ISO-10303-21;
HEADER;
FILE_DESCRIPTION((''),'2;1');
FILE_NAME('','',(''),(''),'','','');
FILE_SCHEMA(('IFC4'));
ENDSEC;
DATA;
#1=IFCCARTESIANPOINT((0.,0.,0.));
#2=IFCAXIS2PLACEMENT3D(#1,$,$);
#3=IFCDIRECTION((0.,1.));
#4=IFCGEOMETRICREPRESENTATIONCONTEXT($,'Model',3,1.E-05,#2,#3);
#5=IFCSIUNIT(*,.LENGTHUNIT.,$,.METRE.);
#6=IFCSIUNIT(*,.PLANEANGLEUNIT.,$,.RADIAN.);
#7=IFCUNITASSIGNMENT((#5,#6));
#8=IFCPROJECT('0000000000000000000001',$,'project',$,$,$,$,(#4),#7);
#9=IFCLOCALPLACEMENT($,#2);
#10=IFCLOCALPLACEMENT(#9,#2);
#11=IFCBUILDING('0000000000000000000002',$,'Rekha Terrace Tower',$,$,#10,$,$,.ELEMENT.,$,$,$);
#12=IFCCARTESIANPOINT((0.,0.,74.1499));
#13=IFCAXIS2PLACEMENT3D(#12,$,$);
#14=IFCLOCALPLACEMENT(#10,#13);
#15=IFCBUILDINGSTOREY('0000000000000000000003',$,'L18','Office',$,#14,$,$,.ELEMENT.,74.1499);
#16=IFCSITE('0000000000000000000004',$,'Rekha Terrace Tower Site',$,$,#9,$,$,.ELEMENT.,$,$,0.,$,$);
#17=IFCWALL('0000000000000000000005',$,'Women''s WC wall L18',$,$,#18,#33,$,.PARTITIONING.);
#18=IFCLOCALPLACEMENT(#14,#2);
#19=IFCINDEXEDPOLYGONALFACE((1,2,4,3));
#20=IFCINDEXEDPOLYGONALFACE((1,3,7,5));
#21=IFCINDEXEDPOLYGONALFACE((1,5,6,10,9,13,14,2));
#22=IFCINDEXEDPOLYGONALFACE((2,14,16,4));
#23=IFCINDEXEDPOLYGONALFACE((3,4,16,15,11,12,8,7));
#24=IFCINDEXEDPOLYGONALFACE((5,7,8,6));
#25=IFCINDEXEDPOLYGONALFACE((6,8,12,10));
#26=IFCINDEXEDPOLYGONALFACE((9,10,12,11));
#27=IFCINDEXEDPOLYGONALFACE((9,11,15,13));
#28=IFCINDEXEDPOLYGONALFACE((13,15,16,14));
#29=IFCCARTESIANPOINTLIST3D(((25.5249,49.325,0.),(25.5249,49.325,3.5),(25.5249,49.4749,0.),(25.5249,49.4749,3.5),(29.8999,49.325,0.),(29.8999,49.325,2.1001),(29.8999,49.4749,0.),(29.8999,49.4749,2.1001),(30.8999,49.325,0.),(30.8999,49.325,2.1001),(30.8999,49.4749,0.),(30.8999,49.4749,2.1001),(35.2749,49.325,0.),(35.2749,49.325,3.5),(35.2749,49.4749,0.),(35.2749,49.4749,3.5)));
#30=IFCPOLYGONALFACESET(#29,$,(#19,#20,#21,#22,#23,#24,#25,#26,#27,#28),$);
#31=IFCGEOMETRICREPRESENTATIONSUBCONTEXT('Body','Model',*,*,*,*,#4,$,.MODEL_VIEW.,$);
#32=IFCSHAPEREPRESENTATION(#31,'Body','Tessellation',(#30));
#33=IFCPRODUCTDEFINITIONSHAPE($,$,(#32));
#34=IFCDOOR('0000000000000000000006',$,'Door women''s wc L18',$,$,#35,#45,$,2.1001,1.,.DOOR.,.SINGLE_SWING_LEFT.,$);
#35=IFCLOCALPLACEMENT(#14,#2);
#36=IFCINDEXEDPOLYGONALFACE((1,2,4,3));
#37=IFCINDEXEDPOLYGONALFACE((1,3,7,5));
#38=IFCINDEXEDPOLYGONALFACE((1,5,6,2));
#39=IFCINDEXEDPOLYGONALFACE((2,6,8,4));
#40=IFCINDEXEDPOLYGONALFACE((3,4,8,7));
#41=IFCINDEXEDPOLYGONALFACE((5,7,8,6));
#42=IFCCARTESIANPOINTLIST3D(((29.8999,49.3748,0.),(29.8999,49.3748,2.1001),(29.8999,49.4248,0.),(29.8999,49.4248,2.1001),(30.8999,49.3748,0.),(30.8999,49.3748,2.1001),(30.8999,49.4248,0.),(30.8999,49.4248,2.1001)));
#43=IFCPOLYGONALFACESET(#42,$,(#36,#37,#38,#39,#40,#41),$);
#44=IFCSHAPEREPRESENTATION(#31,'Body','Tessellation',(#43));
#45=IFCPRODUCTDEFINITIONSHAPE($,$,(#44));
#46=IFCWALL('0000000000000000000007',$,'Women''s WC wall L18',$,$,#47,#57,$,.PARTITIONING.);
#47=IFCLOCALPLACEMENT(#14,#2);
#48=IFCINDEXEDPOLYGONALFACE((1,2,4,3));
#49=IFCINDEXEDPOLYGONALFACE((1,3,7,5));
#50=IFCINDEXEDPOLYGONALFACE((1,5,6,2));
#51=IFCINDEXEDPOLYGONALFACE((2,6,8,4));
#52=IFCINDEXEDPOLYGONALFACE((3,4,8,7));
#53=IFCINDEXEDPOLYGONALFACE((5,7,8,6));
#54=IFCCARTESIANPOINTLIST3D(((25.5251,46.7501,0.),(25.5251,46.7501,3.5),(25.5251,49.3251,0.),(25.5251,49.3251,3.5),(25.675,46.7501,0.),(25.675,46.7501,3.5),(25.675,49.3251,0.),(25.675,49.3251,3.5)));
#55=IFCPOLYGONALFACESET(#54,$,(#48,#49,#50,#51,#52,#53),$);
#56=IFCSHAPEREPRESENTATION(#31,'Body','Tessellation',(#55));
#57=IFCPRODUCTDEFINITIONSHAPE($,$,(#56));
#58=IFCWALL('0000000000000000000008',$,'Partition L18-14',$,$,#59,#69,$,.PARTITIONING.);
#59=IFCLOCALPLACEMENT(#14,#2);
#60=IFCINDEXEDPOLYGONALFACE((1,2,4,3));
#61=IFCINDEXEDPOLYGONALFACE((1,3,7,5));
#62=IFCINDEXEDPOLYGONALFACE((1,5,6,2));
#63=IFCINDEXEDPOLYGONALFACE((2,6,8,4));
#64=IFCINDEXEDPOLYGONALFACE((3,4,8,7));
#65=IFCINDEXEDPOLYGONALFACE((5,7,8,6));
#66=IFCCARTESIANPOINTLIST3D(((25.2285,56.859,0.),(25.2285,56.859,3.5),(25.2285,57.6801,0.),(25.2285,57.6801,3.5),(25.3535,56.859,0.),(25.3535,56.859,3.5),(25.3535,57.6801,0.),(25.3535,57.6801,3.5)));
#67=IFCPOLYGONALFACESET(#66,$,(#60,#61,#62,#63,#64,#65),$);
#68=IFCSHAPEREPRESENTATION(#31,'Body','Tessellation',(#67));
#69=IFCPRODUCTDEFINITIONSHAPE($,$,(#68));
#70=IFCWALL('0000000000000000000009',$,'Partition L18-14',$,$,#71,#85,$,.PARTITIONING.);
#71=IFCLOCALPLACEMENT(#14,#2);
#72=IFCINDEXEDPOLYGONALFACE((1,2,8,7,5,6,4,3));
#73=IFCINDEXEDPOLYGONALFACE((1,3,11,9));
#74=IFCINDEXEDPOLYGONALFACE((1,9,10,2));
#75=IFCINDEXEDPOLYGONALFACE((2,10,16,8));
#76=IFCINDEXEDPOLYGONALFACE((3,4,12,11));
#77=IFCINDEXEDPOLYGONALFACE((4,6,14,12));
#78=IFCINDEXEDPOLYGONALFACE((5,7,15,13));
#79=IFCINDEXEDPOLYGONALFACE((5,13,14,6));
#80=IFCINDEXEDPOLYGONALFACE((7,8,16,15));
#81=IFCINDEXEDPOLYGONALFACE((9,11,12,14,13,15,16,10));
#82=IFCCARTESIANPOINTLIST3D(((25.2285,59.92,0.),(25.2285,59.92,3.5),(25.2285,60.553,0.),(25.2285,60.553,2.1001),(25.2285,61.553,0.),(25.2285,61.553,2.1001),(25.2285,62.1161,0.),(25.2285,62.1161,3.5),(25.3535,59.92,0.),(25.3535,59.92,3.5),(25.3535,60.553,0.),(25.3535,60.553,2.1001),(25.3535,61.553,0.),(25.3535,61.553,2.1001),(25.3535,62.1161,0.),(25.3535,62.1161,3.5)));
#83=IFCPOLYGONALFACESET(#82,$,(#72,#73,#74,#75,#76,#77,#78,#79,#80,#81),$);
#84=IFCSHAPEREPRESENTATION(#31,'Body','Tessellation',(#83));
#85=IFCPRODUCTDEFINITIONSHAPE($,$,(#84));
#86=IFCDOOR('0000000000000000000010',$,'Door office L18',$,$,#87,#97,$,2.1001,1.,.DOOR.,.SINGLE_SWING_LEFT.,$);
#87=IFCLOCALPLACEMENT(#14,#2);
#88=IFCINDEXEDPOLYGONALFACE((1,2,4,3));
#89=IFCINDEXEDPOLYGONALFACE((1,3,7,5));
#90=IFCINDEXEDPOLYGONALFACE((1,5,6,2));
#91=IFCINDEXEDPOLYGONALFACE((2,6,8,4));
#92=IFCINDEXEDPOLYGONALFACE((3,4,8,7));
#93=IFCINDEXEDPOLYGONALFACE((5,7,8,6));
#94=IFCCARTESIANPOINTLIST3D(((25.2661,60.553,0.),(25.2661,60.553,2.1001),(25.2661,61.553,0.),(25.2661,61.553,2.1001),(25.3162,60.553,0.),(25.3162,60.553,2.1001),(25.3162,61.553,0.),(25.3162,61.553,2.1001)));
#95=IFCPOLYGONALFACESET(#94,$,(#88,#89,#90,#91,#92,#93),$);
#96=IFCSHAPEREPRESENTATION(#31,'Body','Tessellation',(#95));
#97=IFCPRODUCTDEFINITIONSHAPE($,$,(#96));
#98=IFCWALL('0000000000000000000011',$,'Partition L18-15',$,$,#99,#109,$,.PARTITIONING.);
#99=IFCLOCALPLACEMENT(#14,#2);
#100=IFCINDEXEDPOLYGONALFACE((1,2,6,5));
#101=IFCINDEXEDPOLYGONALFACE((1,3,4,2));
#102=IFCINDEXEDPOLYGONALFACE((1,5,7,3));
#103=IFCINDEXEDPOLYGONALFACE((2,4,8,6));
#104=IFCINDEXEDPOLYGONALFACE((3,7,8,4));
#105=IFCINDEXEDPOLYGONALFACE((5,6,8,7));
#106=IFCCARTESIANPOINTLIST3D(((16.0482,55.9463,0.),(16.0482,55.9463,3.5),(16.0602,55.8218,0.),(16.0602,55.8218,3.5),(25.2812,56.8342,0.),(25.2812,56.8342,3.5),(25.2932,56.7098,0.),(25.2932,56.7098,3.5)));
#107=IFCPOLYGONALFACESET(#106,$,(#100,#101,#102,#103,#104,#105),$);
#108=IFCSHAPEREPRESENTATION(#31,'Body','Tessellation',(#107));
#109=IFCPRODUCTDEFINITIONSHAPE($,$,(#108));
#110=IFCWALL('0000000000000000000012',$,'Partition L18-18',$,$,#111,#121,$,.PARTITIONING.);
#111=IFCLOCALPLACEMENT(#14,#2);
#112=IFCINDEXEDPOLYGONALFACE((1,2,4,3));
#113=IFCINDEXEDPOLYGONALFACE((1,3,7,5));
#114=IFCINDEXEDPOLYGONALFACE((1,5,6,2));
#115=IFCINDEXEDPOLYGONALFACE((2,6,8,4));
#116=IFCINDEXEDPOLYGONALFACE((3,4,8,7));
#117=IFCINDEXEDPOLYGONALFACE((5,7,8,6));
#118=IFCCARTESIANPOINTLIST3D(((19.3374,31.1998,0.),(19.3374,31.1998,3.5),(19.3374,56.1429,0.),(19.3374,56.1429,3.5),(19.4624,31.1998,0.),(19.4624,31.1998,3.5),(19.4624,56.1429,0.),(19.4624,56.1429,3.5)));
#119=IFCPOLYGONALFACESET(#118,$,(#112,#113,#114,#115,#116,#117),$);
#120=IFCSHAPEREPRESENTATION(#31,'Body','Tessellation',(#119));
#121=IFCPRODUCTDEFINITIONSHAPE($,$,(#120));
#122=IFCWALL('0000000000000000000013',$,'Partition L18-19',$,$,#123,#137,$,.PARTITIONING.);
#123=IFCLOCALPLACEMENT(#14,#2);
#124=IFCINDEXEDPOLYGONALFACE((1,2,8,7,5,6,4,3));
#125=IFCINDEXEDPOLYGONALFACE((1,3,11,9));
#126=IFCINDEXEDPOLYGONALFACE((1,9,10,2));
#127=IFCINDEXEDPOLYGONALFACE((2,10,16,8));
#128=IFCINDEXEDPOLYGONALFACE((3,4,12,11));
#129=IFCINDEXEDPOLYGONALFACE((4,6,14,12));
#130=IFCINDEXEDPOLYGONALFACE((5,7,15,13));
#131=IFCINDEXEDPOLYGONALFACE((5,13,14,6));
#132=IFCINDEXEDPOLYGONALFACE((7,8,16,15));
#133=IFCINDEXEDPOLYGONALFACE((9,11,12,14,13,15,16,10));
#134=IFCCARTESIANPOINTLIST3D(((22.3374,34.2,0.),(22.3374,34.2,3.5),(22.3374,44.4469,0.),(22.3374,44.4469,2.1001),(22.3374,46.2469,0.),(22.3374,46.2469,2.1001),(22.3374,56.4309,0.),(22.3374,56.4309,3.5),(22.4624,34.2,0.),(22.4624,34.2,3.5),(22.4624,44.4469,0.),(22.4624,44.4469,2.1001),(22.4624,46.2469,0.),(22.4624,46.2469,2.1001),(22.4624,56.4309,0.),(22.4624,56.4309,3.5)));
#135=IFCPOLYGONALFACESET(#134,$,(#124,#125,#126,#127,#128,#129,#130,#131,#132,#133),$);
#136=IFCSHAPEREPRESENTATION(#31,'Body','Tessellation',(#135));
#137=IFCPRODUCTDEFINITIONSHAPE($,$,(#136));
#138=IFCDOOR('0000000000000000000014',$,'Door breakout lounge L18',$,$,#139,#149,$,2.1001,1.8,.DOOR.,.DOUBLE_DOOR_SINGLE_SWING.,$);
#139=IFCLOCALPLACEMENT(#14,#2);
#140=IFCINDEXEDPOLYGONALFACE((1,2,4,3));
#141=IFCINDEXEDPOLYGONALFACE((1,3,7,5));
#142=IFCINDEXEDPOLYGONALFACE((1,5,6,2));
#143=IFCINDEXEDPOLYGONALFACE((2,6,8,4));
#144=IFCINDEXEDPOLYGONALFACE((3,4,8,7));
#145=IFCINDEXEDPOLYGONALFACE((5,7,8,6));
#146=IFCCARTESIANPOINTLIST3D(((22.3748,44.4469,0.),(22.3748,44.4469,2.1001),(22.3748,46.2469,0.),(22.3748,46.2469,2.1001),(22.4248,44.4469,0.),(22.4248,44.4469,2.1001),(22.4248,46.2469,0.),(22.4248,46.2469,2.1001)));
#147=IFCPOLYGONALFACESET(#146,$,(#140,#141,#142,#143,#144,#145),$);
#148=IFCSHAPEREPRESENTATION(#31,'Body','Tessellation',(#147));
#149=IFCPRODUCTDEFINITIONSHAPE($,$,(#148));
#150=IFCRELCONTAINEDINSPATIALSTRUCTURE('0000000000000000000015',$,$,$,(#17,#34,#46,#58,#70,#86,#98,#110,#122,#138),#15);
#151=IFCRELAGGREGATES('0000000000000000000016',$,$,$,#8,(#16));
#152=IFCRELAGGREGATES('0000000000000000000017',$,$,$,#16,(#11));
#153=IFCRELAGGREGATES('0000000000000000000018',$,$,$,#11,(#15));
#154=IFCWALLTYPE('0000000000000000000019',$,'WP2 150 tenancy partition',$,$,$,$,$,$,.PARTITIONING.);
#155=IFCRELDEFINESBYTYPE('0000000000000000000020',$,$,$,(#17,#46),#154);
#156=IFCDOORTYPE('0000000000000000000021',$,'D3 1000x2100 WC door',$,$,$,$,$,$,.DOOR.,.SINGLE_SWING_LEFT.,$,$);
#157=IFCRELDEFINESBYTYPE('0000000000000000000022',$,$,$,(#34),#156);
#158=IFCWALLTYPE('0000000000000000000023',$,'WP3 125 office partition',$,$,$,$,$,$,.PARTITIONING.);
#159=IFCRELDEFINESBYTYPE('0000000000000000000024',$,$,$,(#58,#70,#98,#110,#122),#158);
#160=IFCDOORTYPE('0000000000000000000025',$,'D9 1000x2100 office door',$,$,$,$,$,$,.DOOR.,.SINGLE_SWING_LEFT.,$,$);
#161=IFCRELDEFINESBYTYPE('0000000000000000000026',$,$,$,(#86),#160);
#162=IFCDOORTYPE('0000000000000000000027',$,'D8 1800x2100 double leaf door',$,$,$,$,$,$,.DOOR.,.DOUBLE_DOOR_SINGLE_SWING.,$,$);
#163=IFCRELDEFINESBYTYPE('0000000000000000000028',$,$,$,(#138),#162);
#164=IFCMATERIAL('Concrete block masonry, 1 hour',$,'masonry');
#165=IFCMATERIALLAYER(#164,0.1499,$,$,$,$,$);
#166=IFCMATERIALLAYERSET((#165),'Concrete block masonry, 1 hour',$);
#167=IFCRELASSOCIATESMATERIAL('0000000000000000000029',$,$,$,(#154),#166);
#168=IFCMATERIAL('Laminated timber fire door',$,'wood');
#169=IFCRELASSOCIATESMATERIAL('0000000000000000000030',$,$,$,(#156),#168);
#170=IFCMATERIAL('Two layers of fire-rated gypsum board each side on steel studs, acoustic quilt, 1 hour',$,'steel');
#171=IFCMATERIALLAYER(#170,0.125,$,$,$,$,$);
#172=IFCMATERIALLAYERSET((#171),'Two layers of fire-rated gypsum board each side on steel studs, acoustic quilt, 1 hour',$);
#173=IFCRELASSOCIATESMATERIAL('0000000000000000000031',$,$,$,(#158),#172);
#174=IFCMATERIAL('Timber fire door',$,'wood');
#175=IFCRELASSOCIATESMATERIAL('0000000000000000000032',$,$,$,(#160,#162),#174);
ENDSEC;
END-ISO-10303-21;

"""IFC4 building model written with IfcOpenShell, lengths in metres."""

from ifc_helpers import new_model, si_unit, direction, frame, frame_2d, origin, place, context, subcontext, project, spatial, rectangle, extrude, material, layer, layer_set, type_object, element, fill, save


model = new_model("IFC4")

# Units and contexts
model_context = context("Model", 3, precision=1e-05, world=origin(), true_north=direction((0.0, 1.0)))
body_context = subcontext(model_context, "Body", "Model", "MODEL_VIEW")
ifc_project = project(units=[si_unit("LENGTHUNIT", "METRE"), si_unit("PLANEANGLEUNIT", "RADIAN")], contexts=[model_context])

# Site, building, storey
site_placement = place(None, origin())
site = spatial("IfcSite", under=ifc_project, at=site_placement, Name="Rekha Terrace Tower Site", CompositionType="ELEMENT", RefElevation=0.0)
building_placement = place(site_placement, origin())
building = spatial("IfcBuilding", under=site, at=building_placement, Name="Rekha Terrace Tower", CompositionType="ELEMENT")
storey_placement = place(building_placement, frame((0.0, 0.0, 74.1499)))
storey = spatial("IfcBuildingStorey", under=building, at=storey_placement, Name="L18", Description="Office", CompositionType="ELEMENT", Elevation=74.1499)

# Wall, opening, door
ifc_material_1 = material(Name="Concrete block masonry, 1 hour", Category="masonry")
ifc_layer_1 = layer(ifc_material_1, 0.1499)
ifc_layer_set_1 = layer_set([ifc_layer_1], Name="Concrete block masonry, 1 hour")
wall_type_1 = type_object("IfcWallType", Name="WP2 150 tenancy partition", PredefinedType="PARTITIONING", material=ifc_layer_set_1)
wall_1_placement = place(storey_placement, frame((25.5249, 49.3999, 0.0), z_axis=(0.0, 0.0, 1.0), x_axis=(1.0, 0.0, 0.0)))
wall_1 = element("IfcWall", 1, at=wall_1_placement, inside=storey, type_object=wall_type_1, Name="Women's WC wall L18", PredefinedType="PARTITIONING", context=body_context, shape_type="SweptSolid", body=[
    extrude(rectangle(XDim=9.75, YDim=0.1499, at=frame_2d((4.875, 0.0))), origin(), (0.0, 0.0, 1.0), 3.5),
])
opening_1_placement = place(wall_1_placement, frame((4.375, 0.0, 0.0)))
opening_1 = element("IfcOpeningElement", 2, at=opening_1_placement, cuts=wall_1, PredefinedType="OPENING", context=body_context, shape_type="SweptSolid", body=[
    extrude(rectangle(XDim=1.0, YDim=2.1001, at=frame_2d((0.5, 1.05))), frame((0.0, 0.085, 0.0), z_axis=(0.0, -1.0, 0.0), x_axis=(1.0, 0.0, 0.0)), (0.0, 0.0, 1.0), 0.1699),
])
ifc_material_2 = material(Name="Laminated timber fire door", Category="wood")
door_type_1 = type_object("IfcDoorType", Name="D3 1000x2100 WC door", OperationType="SINGLE_SWING_LEFT", PredefinedType="DOOR", material=ifc_material_2)
door_1_placement = place(opening_1_placement, origin())
door_1 = element("IfcDoor", 3, at=door_1_placement, inside=storey, type_object=door_type_1, Name="Door women's wc L18", OperationType="SINGLE_SWING_LEFT", OverallHeight=2.1001, OverallWidth=1.0, PredefinedType="DOOR", context=body_context, shape_type="SweptSolid", body=[
    extrude(rectangle(XDim=1.0, YDim=2.1001, at=frame_2d((0.5, 1.05))), frame((0.0, 0.0249, 0.0), z_axis=(0.0, -1.0, 0.0), x_axis=(1.0, 0.0, 0.0)), (0.0, 0.0, 1.0), 0.05),
])
fill(opening_1, door_1)

# Walls
wall_2_placement = place(storey_placement, frame((25.6001, 46.75, 0.0), z_axis=(0.0, 0.0, 1.0), x_axis=(0.0, 1.0, 0.0)))
element("IfcWall", 4, at=wall_2_placement, inside=storey, type_object=wall_type_1, Name="Women's WC wall L18", PredefinedType="PARTITIONING", context=body_context, shape_type="SweptSolid", body=[
    extrude(rectangle(XDim=2.575, YDim=0.1499, at=frame_2d((1.2876, 0.0))), origin(), (0.0, 0.0, 1.0), 3.5),
])
ifc_material_3 = material(Name="Two layers of fire-rated gypsum board each side on steel studs, acoustic quilt, 1 hour", Category="steel")
ifc_layer_2 = layer(ifc_material_3, 0.125)
ifc_layer_set_2 = layer_set([ifc_layer_2], Name="Two layers of fire-rated gypsum board each side on steel studs, acoustic quilt, 1 hour")
wall_type_2 = type_object("IfcWallType", Name="WP3 125 office partition", PredefinedType="PARTITIONING", material=ifc_layer_set_2)
wall_3_placement = place(storey_placement, frame((25.291, 56.8589, 0.0), z_axis=(0.0, 0.0, 1.0), x_axis=(0.0, 1.0, 0.0)))
element("IfcWall", 5, at=wall_3_placement, inside=storey, type_object=wall_type_2, Name="Partition L18-14", PredefinedType="PARTITIONING", context=body_context, shape_type="SweptSolid", body=[
    extrude(rectangle(XDim=0.821, YDim=0.125, at=frame_2d((0.4106, 0.0))), origin(), (0.0, 0.0, 1.0), 3.5),
])

# Wall, opening, door
wall_4_placement = place(storey_placement, frame((25.291, 59.9199, 0.0), z_axis=(0.0, 0.0, 1.0), x_axis=(0.0, 1.0, 0.0)))
wall_4 = element("IfcWall", 6, at=wall_4_placement, inside=storey, type_object=wall_type_2, Name="Partition L18-14", PredefinedType="PARTITIONING", context=body_context, shape_type="SweptSolid", body=[
    extrude(rectangle(XDim=2.196, YDim=0.125, at=frame_2d((1.0981, 0.0))), origin(), (0.0, 0.0, 1.0), 3.5),
])
opening_2_placement = place(wall_4_placement, frame((0.6331, 0.0, 0.0)))
opening_2 = element("IfcOpeningElement", 7, at=opening_2_placement, cuts=wall_4, PredefinedType="OPENING", context=body_context, shape_type="SweptSolid", body=[
    extrude(rectangle(XDim=1.0, YDim=2.1001, at=frame_2d((0.5, 1.05))), frame((0.0, 0.0725, 0.0), z_axis=(0.0, -1.0, 0.0), x_axis=(1.0, 0.0, 0.0)), (0.0, 0.0, 1.0), 0.145),
])
ifc_material_4 = material(Name="Timber fire door", Category="wood")
door_type_2 = type_object("IfcDoorType", Name="D9 1000x2100 office door", OperationType="SINGLE_SWING_LEFT", PredefinedType="DOOR", material=ifc_material_4)
door_2_placement = place(opening_2_placement, origin())
door_2 = element("IfcDoor", 8, at=door_2_placement, inside=storey, type_object=door_type_2, Name="Door office L18", OperationType="SINGLE_SWING_LEFT", OverallHeight=2.1001, OverallWidth=1.0, PredefinedType="DOOR", context=body_context, shape_type="SweptSolid", body=[
    extrude(rectangle(XDim=1.0, YDim=2.1001, at=frame_2d((0.5, 1.05))), frame((0.0, 0.0249, 0.0), z_axis=(0.0, -1.0, 0.0), x_axis=(1.0, 0.0, 0.0)), (0.0, 0.0, 1.0), 0.05),
])
fill(opening_2, door_2)

# Walls
wall_5_placement = place(storey_placement, frame((25.2871, 56.772, 0.0), z_axis=(0.0, 0.0, 1.0), x_axis=(-0.995408, -0.095727, 0.0)))
element("IfcWall", 9, at=wall_5_placement, inside=storey, type_object=wall_type_2, Name="Partition L18-15", PredefinedType="PARTITIONING", context=body_context, shape_type="SweptSolid", body=[
    extrude(rectangle(XDim=9.2756, YDim=0.125, at=frame_2d((4.6377, 0.0))), origin(), (0.0, 0.0, 1.0), 3.5),
])
wall_6_placement = place(storey_placement, frame((19.3999, 56.1431, 0.0), z_axis=(0.0, 0.0, 1.0), x_axis=(0.0, -1.0, 0.0)))
element("IfcWall", 10, at=wall_6_placement, inside=storey, type_object=wall_type_2, Name="Partition L18-18", PredefinedType="PARTITIONING", context=body_context, shape_type="SweptSolid", body=[
    extrude(rectangle(XDim=24.9431, YDim=0.125, at=frame_2d((12.4717, 0.0))), origin(), (0.0, 0.0, 1.0), 3.5),
])

# Wall, opening, door
wall_7_placement = place(storey_placement, frame((22.3999, 56.4309, 0.0), z_axis=(0.0, 0.0, 1.0), x_axis=(0.0, -1.0, 0.0)))
wall_7 = element("IfcWall", 11, at=wall_7_placement, inside=storey, type_object=wall_type_2, Name="Partition L18-19", PredefinedType="PARTITIONING", context=body_context, shape_type="SweptSolid", body=[
    extrude(rectangle(XDim=22.231, YDim=0.125, at=frame_2d((11.1155, 0.0))), origin(), (0.0, 0.0, 1.0), 3.5),
])
opening_3_placement = place(wall_7_placement, frame((10.1841, 0.0, 0.0)))
opening_3 = element("IfcOpeningElement", 12, at=opening_3_placement, cuts=wall_7, PredefinedType="OPENING", context=body_context, shape_type="SweptSolid", body=[
    extrude(rectangle(XDim=1.8, YDim=2.1001, at=frame_2d((0.8999, 1.05))), frame((0.0, 0.0725, 0.0), z_axis=(0.0, -1.0, 0.0), x_axis=(1.0, 0.0, 0.0)), (0.0, 0.0, 1.0), 0.145),
])
door_type_3 = type_object("IfcDoorType", Name="D8 1800x2100 double leaf door", OperationType="DOUBLE_DOOR_SINGLE_SWING", PredefinedType="DOOR", material=ifc_material_4)
door_3_placement = place(opening_3_placement, origin())
door_3 = element("IfcDoor", 13, at=door_3_placement, inside=storey, type_object=door_type_3, Name="Door breakout lounge L18", OperationType="DOUBLE_DOOR_SINGLE_SWING", OverallHeight=2.1001, OverallWidth=1.8, PredefinedType="DOOR", context=body_context, shape_type="SweptSolid", body=[
    extrude(rectangle(XDim=1.8, YDim=2.1001, at=frame_2d((0.8999, 1.05))), frame((0.0, 0.0249, 0.0), z_axis=(0.0, -1.0, 0.0), x_axis=(1.0, 0.0, 0.0)), (0.0, 0.0, 1.0), 0.05),
])
fill(opening_3, door_3)

save(model, "model.ifc")
